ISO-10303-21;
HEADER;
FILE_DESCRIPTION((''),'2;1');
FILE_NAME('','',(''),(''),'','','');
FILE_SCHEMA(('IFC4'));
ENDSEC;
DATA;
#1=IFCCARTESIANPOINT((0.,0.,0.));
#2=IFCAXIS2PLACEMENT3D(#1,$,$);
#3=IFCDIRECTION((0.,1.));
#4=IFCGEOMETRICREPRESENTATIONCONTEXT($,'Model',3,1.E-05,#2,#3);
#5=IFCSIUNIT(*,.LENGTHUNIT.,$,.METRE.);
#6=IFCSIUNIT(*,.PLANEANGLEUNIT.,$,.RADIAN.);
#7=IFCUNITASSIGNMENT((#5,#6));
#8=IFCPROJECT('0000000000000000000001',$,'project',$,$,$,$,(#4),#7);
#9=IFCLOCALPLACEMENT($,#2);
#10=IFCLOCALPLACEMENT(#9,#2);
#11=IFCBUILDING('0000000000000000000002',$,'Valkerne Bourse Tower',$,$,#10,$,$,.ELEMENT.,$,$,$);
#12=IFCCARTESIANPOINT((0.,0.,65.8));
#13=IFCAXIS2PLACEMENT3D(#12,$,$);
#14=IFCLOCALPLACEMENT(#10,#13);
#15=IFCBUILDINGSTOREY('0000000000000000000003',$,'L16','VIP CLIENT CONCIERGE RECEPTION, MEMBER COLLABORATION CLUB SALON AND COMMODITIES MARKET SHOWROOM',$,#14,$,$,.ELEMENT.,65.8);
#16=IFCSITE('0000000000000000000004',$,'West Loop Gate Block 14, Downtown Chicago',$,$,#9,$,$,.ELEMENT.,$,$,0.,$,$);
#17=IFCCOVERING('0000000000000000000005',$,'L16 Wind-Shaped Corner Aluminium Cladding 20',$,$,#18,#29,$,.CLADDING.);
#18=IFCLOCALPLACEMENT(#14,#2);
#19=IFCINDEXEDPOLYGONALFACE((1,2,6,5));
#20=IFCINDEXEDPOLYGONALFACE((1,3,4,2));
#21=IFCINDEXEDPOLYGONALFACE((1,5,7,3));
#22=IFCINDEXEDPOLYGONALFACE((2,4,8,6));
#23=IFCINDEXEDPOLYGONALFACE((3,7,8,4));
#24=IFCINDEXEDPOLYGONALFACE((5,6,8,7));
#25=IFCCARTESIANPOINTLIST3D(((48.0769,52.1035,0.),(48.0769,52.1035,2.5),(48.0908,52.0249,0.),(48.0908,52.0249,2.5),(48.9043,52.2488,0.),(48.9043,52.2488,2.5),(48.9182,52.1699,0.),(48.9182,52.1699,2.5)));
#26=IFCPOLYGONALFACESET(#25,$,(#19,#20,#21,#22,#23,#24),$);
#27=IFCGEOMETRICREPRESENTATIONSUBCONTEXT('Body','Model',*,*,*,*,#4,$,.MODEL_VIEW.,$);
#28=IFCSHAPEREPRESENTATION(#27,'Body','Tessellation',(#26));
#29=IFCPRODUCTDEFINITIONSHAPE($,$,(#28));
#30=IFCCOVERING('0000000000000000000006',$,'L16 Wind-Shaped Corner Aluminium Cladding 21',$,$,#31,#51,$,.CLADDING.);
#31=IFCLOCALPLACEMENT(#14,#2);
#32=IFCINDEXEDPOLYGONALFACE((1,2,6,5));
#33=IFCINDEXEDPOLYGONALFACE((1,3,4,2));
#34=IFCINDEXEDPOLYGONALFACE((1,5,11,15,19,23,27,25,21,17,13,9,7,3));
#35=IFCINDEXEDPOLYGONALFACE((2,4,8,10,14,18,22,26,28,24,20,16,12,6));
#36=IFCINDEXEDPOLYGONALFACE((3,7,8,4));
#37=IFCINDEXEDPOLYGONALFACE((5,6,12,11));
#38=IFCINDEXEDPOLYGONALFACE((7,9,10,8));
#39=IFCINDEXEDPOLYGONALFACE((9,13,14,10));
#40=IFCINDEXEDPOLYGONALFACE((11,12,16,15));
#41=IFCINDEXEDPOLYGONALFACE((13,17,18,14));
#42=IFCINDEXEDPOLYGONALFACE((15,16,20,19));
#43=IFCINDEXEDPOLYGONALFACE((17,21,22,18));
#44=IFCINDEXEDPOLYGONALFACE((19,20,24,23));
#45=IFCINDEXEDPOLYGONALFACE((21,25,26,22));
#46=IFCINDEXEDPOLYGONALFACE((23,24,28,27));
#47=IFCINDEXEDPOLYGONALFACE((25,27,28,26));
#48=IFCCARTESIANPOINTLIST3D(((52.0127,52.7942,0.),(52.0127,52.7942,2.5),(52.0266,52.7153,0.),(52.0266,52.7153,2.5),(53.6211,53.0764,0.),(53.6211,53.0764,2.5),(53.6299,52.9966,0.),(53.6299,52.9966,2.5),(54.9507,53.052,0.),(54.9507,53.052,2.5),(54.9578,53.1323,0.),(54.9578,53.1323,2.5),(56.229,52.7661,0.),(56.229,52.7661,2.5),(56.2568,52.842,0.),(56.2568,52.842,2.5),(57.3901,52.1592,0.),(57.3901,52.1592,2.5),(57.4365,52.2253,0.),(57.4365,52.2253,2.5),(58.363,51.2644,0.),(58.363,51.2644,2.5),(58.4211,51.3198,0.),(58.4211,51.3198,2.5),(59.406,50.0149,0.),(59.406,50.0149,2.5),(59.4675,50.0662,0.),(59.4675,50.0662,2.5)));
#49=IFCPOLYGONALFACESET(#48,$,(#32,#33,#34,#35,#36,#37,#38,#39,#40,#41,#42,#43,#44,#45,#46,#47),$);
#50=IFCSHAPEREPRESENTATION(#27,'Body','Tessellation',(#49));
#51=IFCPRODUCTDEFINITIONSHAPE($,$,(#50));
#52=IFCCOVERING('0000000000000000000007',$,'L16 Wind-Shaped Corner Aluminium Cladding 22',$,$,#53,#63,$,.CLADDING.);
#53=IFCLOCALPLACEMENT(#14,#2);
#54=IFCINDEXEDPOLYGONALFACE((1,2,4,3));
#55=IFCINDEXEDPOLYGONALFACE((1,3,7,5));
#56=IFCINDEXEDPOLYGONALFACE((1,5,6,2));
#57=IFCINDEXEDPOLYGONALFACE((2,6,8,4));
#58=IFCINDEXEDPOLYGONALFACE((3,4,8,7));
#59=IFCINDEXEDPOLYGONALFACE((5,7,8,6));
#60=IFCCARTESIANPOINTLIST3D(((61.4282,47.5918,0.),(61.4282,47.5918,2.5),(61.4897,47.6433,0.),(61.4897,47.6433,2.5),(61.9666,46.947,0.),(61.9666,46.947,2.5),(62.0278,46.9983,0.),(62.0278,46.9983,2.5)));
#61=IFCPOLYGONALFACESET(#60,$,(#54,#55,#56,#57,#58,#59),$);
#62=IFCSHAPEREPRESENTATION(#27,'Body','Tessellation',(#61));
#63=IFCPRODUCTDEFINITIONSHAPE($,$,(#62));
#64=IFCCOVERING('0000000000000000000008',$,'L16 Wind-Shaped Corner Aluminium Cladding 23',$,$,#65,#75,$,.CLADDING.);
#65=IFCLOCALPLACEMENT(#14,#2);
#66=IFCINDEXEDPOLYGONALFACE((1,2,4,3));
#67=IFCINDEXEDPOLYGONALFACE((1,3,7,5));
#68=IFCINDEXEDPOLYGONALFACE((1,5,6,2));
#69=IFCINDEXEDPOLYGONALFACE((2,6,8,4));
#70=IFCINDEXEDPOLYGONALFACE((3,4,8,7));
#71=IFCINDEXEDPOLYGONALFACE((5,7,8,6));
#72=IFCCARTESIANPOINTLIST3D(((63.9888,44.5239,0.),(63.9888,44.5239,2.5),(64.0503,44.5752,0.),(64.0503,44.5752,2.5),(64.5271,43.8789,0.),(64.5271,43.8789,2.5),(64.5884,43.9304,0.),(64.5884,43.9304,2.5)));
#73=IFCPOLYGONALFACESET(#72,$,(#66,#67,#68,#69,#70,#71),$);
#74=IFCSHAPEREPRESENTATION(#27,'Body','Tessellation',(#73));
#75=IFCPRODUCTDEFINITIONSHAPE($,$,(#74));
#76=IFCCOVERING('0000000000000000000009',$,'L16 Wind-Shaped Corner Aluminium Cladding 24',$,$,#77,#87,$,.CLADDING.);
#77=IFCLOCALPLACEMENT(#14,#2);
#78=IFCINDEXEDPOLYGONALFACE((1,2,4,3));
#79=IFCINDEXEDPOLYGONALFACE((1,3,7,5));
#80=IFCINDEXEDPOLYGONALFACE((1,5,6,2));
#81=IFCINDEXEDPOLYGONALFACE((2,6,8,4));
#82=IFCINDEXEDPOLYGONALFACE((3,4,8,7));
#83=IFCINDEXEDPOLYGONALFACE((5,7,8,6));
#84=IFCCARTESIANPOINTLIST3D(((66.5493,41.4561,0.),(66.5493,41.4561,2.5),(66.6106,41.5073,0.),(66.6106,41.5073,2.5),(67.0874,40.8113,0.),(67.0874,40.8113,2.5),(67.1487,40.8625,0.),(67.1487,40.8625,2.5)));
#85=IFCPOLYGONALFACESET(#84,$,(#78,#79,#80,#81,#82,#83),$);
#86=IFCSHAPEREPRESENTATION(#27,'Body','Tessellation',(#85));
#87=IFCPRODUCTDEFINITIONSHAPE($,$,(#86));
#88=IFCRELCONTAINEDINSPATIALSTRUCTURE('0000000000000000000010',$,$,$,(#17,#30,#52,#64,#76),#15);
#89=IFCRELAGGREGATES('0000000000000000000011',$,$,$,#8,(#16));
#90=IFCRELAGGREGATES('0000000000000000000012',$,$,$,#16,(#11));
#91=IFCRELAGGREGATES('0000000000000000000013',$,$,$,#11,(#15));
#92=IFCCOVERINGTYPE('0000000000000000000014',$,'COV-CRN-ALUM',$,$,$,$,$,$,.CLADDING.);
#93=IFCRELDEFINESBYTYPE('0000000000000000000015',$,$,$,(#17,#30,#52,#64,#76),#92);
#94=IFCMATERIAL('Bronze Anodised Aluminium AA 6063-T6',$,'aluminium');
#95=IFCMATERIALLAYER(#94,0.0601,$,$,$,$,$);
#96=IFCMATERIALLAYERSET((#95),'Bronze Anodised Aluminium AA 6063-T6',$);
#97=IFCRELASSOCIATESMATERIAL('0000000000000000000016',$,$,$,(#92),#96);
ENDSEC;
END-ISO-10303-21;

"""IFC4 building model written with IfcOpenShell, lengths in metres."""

from ifc_helpers import new_model, si_unit, direction, frame, origin, place, context, subcontext, project, spatial, polyline, outline, extrude, material, layer, layer_set, type_object, element, save


model = new_model("IFC4")

# Units and contexts
model_context = context("Model", 3, precision=1e-05, world=origin(), true_north=direction((0.0, 1.0)))
body_context = subcontext(model_context, "Body", "Model", "MODEL_VIEW")
ifc_project = project(units=[si_unit("LENGTHUNIT", "METRE"), si_unit("PLANEANGLEUNIT", "RADIAN")], contexts=[model_context])

# Site, building, storey
site_placement = place(None, origin())
site = spatial("IfcSite", under=ifc_project, at=site_placement, Name="West Loop Gate Block 14, Downtown Chicago", CompositionType="ELEMENT", RefElevation=0.0)
building_placement = place(site_placement, origin())
building = spatial("IfcBuilding", under=site, at=building_placement, Name="Valkerne Bourse Tower", CompositionType="ELEMENT")
storey_placement = place(building_placement, frame((0.0, 0.0, 65.8)))
storey = spatial("IfcBuildingStorey", under=building, at=storey_placement, Name="L16", Description="VIP CLIENT CONCIERGE RECEPTION, MEMBER COLLABORATION CLUB SALON AND COMMODITIES MARKET SHOWROOM", CompositionType="ELEMENT", Elevation=65.8)

# Coverings
ifc_material_1 = material(Name="Bronze Anodised Aluminium AA 6063-T6", Category="aluminium")
ifc_layer_1 = layer(ifc_material_1, 0.0601)
ifc_layer_set_1 = layer_set([ifc_layer_1], Name="Bronze Anodised Aluminium AA 6063-T6")
covering_type = type_object("IfcCoveringType", Name="COV-CRN-ALUM", PredefinedType="CLADDING", material=ifc_layer_set_1)
covering_1_placement = place(storey_placement, origin())
element("IfcCovering", 1, at=covering_1_placement, inside=storey, type_object=covering_type, Name="L16 Wind-Shaped Corner Aluminium Cladding 20", PredefinedType="CLADDING", context=body_context, shape_type="SweptSolid", body=[
    extrude(outline(polyline([(48.9043, 52.2488), (48.9182, 52.1699), (48.0908, 52.0249), (48.0769, 52.1035), (48.9043, 52.2488)])), origin(), (0.0, 0.0, 1.0), 2.5),
])
covering_2_placement = place(storey_placement, origin())
element("IfcCovering", 2, at=covering_2_placement, inside=storey, type_object=covering_type, Name="L16 Wind-Shaped Corner Aluminium Cladding 21", PredefinedType="CLADDING", context=body_context, shape_type="SweptSolid", body=[
    extrude(outline(polyline([(53.6211, 53.0764), (54.9578, 53.1323), (56.2568, 52.842), (57.4365, 52.2253), (58.4211, 51.3198), (59.4675, 50.0662), (59.406, 50.0149), (58.363, 51.2644), (57.3901, 52.1592), (56.229, 52.7661), (54.9507, 53.052), (53.6299, 52.9966), (52.0266, 52.7153), (52.0127, 52.7942), (53.6211, 53.0764)])), origin(), (0.0, 0.0, 1.0), 2.5),
])
covering_3_placement = place(storey_placement, origin())
element("IfcCovering", 3, at=covering_3_placement, inside=storey, type_object=covering_type, Name="L16 Wind-Shaped Corner Aluminium Cladding 22", PredefinedType="CLADDING", context=body_context, shape_type="SweptSolid", body=[
    extrude(outline(polyline([(62.0278, 46.9983), (61.9666, 46.947), (61.4282, 47.5918), (61.4897, 47.6433), (62.0278, 46.9983)])), origin(), (0.0, 0.0, 1.0), 2.5),
])
covering_4_placement = place(storey_placement, origin())
element("IfcCovering", 4, at=covering_4_placement, inside=storey, type_object=covering_type, Name="L16 Wind-Shaped Corner Aluminium Cladding 23", PredefinedType="CLADDING", context=body_context, shape_type="SweptSolid", body=[
    extrude(outline(polyline([(64.5884, 43.9304), (64.5271, 43.8789), (63.9888, 44.5239), (64.0503, 44.5752), (64.5884, 43.9304)])), origin(), (0.0, 0.0, 1.0), 2.5),
])
covering_5_placement = place(storey_placement, origin())
element("IfcCovering", 5, at=covering_5_placement, inside=storey, type_object=covering_type, Name="L16 Wind-Shaped Corner Aluminium Cladding 24", PredefinedType="CLADDING", context=body_context, shape_type="SweptSolid", body=[
    extrude(outline(polyline([(67.1487, 40.8625), (67.0874, 40.8113), (66.5493, 41.4561), (66.6106, 41.5073), (67.1487, 40.8625)])), origin(), (0.0, 0.0, 1.0), 2.5),
])

save(model, "model.ifc")
